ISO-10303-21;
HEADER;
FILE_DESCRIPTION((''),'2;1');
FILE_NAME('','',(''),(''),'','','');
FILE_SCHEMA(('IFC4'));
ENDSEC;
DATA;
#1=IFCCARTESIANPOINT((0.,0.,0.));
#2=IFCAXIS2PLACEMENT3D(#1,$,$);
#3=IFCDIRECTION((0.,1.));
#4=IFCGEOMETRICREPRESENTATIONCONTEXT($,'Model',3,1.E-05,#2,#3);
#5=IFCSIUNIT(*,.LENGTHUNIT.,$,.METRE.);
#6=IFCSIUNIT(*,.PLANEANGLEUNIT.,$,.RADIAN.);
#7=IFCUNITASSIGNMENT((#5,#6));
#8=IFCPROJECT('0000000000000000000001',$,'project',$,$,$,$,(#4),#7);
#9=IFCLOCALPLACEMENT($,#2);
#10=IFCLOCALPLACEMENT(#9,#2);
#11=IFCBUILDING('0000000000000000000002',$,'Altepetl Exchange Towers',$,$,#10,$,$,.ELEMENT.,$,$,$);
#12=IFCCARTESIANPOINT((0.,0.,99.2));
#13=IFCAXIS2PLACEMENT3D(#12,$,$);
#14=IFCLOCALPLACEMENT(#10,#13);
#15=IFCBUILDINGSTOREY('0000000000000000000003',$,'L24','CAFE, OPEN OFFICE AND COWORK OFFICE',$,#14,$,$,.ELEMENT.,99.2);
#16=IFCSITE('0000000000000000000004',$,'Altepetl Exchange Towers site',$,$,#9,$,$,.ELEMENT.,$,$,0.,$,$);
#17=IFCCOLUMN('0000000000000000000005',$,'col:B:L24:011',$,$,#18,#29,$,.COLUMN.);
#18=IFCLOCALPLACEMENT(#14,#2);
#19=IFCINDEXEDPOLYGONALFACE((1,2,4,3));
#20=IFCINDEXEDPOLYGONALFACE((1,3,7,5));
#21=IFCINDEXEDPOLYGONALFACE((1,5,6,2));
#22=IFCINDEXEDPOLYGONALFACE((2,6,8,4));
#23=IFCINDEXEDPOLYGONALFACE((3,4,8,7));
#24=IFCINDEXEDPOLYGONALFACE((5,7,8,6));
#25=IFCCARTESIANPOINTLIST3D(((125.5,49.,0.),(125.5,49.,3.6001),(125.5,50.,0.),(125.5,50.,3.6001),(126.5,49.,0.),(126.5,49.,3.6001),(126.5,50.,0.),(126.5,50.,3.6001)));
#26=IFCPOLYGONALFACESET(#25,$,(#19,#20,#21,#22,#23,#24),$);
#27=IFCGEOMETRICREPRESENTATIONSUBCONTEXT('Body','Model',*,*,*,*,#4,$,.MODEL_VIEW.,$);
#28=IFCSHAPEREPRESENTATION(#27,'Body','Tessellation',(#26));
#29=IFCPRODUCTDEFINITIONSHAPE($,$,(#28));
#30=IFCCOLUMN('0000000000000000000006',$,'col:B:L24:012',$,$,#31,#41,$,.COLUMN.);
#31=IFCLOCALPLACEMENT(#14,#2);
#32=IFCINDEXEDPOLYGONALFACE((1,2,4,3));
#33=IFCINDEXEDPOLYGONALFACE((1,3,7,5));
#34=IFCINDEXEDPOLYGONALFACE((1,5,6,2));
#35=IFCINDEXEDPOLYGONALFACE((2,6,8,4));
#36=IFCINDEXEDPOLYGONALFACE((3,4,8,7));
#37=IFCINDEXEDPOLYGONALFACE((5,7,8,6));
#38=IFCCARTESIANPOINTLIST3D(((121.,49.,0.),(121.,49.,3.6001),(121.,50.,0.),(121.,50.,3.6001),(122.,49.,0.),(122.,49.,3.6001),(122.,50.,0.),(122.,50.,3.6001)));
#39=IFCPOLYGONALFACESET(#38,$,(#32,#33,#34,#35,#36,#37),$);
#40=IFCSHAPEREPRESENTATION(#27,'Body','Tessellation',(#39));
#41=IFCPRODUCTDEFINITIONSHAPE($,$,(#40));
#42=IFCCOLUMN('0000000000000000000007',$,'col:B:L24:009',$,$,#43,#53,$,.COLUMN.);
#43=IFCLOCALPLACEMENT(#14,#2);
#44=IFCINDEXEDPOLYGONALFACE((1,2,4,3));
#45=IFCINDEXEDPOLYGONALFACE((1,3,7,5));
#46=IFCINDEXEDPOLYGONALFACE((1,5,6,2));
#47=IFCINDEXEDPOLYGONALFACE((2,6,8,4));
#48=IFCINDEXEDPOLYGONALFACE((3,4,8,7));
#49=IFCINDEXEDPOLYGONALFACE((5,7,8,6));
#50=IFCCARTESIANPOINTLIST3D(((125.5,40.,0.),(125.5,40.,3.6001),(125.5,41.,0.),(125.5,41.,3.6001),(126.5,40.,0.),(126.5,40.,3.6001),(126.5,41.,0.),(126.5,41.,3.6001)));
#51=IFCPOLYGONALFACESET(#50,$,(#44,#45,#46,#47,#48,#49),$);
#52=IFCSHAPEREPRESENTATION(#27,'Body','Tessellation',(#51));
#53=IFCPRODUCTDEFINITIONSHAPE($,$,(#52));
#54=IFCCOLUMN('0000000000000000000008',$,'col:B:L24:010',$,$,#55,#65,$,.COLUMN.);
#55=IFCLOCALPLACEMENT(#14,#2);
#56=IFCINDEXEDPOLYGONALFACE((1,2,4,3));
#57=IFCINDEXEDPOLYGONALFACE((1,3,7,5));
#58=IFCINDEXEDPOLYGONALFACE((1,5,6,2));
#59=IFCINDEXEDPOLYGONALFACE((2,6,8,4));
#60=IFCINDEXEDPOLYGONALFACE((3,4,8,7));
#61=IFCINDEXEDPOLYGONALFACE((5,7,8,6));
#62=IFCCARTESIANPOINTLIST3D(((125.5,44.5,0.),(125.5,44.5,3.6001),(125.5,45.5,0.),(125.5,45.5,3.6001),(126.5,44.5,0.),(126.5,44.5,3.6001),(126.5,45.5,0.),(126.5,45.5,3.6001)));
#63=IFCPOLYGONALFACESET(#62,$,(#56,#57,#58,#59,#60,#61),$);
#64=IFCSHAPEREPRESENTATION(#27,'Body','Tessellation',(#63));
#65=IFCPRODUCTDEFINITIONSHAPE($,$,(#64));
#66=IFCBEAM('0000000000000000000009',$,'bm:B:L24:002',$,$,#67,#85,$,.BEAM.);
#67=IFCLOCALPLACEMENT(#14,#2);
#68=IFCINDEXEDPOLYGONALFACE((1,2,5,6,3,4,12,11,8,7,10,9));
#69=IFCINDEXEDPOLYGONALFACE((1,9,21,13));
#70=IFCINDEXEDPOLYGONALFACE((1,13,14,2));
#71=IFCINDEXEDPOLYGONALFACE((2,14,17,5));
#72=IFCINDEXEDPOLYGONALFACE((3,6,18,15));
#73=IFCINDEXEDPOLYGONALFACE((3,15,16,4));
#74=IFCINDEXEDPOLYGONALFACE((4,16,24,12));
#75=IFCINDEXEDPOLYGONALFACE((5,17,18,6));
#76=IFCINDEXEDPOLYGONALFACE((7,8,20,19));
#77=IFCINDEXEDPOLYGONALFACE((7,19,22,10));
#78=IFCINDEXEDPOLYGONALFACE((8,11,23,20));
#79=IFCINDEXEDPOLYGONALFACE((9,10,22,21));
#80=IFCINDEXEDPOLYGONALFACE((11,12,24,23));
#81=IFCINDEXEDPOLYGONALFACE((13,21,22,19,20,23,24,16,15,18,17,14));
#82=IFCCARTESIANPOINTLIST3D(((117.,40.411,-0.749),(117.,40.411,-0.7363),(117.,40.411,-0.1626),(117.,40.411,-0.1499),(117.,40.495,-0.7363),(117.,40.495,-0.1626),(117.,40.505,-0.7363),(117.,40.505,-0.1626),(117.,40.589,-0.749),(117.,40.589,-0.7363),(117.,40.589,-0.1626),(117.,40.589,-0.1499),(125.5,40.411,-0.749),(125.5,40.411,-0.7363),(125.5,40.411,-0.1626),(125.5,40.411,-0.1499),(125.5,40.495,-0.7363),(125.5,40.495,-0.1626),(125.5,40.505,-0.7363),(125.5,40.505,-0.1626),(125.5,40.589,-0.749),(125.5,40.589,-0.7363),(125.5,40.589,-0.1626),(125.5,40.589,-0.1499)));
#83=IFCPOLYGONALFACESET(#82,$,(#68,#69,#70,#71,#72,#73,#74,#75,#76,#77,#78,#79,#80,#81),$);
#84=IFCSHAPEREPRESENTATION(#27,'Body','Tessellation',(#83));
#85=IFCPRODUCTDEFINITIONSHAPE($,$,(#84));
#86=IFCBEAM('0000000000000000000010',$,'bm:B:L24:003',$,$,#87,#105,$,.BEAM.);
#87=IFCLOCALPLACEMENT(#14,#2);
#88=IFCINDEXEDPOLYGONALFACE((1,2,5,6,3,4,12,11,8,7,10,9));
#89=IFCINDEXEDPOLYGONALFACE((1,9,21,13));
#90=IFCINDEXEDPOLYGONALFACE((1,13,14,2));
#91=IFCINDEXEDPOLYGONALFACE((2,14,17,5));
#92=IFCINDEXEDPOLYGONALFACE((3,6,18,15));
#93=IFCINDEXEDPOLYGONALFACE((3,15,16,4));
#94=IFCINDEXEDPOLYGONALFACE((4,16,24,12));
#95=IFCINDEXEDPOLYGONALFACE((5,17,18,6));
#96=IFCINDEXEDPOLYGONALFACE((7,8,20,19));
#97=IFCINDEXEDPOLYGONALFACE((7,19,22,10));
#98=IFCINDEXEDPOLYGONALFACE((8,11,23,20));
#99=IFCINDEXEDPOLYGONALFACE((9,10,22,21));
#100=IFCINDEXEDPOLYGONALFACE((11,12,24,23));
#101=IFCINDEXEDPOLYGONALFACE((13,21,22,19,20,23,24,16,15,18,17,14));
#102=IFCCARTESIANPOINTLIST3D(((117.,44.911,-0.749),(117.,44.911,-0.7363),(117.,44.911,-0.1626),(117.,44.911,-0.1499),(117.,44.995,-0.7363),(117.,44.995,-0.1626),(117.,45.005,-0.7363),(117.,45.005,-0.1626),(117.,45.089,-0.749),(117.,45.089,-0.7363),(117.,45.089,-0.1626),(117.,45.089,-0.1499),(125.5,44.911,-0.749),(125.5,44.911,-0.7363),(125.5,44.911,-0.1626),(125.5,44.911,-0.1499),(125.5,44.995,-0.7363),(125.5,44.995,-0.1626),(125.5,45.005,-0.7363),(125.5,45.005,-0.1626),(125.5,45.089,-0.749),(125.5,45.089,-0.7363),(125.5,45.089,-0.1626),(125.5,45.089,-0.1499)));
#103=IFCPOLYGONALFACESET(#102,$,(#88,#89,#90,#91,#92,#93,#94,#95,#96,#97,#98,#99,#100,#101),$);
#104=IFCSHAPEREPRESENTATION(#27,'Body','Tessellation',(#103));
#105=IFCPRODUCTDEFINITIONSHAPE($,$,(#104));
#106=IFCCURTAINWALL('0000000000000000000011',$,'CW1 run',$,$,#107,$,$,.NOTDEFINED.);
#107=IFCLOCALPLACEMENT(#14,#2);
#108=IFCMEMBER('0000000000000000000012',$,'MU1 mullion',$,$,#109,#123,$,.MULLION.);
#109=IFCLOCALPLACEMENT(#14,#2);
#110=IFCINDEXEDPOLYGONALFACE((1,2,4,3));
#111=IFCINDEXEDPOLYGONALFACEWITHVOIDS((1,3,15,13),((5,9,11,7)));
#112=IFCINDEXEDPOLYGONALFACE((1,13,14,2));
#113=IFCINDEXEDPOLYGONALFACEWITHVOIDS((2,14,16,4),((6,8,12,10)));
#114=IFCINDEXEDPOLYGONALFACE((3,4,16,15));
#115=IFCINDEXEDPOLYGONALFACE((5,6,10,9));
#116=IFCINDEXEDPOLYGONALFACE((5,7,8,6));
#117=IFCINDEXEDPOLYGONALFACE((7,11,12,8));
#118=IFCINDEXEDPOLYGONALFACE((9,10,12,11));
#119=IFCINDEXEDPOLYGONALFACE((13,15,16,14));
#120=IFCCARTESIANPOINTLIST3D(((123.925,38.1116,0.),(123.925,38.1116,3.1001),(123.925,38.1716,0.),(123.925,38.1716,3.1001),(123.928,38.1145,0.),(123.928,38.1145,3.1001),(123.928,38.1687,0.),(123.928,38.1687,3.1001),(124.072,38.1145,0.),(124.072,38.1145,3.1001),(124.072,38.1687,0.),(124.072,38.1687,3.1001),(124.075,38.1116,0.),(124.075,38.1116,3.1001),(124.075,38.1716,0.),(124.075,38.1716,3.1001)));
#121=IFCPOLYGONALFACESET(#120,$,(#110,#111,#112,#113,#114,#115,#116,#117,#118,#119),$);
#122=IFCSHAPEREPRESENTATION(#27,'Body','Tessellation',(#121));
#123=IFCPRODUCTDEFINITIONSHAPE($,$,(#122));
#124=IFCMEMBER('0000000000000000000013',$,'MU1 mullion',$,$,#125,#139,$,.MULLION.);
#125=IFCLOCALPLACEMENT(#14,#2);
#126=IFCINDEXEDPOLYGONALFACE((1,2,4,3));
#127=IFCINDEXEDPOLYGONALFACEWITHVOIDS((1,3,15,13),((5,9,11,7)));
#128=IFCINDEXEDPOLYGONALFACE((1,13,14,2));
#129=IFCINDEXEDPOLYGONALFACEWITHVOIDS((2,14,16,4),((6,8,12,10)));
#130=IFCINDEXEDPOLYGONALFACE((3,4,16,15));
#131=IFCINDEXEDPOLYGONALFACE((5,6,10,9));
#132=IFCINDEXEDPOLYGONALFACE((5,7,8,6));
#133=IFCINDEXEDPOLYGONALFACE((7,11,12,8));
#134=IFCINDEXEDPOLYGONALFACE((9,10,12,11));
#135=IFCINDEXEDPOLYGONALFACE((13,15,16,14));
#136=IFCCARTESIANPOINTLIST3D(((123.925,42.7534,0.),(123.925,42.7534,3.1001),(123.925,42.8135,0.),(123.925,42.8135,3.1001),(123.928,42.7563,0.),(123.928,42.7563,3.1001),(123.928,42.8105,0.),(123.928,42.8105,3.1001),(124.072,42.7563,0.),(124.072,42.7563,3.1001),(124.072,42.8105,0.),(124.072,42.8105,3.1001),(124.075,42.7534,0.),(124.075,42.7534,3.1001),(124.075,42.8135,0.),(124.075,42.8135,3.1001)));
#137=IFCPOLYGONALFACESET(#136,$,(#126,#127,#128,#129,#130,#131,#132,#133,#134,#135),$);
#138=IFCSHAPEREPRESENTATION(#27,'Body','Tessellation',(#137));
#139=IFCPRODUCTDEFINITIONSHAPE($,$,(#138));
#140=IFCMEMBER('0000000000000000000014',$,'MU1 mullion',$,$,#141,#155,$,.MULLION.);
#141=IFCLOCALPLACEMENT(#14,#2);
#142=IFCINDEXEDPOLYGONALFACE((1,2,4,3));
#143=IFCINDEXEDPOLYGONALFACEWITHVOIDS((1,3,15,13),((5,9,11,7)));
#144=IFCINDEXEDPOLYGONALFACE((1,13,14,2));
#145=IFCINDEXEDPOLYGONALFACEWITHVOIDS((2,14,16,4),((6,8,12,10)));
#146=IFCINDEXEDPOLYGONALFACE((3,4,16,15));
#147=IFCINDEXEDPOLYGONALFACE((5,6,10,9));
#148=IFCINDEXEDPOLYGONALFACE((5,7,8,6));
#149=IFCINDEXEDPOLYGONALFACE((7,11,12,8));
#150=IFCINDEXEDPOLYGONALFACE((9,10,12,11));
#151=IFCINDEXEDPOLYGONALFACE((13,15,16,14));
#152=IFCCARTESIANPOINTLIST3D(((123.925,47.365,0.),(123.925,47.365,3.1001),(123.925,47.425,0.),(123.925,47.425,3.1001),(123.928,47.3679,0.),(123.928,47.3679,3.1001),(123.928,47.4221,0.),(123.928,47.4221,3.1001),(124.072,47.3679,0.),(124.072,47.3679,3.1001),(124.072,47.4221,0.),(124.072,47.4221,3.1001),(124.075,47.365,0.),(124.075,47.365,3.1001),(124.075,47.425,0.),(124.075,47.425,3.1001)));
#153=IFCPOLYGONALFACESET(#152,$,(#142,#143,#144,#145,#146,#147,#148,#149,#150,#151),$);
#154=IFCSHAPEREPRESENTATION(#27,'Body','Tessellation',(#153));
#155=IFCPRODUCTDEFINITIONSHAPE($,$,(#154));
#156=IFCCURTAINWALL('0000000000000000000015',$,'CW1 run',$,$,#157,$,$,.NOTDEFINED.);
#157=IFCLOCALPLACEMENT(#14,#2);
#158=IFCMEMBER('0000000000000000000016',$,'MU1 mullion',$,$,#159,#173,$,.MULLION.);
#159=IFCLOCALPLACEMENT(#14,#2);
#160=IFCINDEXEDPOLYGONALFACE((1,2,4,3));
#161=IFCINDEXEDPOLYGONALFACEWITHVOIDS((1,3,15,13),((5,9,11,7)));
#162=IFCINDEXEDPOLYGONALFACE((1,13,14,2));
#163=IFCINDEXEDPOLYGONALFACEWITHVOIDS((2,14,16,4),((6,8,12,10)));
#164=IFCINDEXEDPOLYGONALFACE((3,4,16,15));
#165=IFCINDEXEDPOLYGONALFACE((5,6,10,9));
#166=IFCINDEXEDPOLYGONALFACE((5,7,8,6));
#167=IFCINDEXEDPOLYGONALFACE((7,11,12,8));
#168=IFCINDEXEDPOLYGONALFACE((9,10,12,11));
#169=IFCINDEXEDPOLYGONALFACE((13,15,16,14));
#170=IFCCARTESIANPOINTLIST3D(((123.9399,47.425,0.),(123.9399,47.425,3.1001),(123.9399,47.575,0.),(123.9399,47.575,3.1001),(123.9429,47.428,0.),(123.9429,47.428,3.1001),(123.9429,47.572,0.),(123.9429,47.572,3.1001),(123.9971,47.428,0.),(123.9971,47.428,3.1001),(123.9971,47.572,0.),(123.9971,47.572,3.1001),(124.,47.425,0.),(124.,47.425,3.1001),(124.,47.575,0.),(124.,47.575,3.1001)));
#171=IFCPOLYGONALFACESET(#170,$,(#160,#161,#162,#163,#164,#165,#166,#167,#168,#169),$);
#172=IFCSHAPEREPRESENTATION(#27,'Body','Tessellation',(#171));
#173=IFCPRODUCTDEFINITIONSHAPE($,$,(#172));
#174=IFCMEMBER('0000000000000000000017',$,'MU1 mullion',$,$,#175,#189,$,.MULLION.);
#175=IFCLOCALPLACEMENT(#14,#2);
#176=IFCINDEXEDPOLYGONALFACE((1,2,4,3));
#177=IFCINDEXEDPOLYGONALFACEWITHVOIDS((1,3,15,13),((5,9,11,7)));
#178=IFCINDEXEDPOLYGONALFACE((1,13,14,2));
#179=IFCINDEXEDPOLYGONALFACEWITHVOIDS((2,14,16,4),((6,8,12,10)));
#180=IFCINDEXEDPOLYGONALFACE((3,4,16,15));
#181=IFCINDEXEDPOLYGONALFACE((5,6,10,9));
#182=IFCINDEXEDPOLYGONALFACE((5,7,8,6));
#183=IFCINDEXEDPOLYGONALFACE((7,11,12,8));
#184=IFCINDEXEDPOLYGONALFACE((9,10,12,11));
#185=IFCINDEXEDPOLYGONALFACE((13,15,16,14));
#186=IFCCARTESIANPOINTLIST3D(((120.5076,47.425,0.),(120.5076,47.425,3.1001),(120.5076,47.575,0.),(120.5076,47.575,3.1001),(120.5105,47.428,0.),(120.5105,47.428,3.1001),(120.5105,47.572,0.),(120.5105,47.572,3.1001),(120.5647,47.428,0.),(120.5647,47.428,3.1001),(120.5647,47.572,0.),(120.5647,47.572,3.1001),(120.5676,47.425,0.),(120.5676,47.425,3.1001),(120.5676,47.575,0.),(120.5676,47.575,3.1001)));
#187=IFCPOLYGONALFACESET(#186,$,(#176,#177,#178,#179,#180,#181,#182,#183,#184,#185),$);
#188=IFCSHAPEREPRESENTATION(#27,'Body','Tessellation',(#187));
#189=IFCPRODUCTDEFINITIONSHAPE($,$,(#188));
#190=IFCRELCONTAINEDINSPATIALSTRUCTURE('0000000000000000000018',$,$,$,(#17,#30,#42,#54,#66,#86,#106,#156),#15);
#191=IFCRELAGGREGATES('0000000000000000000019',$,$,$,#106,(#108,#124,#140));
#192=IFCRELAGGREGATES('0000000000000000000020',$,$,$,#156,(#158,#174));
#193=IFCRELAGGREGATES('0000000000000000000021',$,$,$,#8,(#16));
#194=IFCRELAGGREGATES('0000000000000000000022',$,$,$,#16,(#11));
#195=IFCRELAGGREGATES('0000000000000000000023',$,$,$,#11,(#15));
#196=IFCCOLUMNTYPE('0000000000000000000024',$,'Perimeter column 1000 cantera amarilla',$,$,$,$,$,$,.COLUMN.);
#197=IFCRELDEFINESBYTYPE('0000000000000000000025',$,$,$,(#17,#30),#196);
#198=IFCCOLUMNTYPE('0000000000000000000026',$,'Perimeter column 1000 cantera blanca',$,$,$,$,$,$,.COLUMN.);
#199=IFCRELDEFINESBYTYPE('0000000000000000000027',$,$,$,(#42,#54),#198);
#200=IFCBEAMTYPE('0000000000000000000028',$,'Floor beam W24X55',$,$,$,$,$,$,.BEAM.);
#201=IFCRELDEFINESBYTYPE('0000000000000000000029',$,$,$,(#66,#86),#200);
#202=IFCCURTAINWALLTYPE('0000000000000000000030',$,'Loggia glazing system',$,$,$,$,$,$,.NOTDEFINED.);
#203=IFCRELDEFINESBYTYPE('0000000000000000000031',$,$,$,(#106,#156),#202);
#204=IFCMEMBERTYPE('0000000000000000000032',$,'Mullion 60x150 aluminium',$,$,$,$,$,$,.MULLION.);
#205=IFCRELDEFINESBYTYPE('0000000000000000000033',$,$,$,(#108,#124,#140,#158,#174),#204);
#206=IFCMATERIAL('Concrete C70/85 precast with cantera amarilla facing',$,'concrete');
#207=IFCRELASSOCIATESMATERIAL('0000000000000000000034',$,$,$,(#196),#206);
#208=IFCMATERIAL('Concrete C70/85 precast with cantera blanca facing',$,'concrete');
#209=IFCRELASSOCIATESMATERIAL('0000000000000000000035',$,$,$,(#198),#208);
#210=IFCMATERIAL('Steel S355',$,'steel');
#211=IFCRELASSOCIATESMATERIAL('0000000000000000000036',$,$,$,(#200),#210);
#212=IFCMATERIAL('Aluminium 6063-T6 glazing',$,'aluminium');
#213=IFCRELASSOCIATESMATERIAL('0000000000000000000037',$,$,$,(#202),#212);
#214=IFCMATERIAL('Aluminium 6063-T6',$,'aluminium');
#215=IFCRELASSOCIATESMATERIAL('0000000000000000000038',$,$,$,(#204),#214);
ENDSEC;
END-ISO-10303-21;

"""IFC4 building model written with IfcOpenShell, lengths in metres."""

from ifc_helpers import new_model, si_unit, direction, frame, origin, origin_2d, place, context, subcontext, project, spatial, rectangle, hollow_rectangle, i_section, extrude, material, material_profile, profile_set, type_object, element, aggregate, save


model = new_model("IFC4")

# Units and contexts
model_context = context("Model", 3, precision=1e-05, world=origin(), true_north=direction((0.0, 1.0)))
body_context = subcontext(model_context, "Body", "Model", "MODEL_VIEW")
ifc_project = project(units=[si_unit("LENGTHUNIT", "METRE"), si_unit("PLANEANGLEUNIT", "RADIAN")], contexts=[model_context])

# Site, building, storey
site_placement = place(None, origin())
site = spatial("IfcSite", under=ifc_project, at=site_placement, Name="Altepetl Exchange Towers site", CompositionType="ELEMENT", RefElevation=0.0)
building_placement = place(site_placement, origin())
building = spatial("IfcBuilding", under=site, at=building_placement, Name="Altepetl Exchange Towers", CompositionType="ELEMENT")
storey_placement = place(building_placement, frame((0.0, 0.0, 99.2)))
storey = spatial("IfcBuildingStorey", under=building, at=storey_placement, Name="L24", Description="CAFE, OPEN OFFICE AND COWORK OFFICE", CompositionType="ELEMENT", Elevation=99.2)

# Columns
ifc_material_1 = material(Name="Concrete C70/85 precast with cantera amarilla facing", Category="concrete")
ifc_material_profile_1 = material_profile(ifc_material_1, rectangle(XDim=1.0, YDim=1.0, at=origin_2d()), Name="1000 x 1000")
ifc_profile_set_1 = profile_set([ifc_material_profile_1], Name="Concrete C70/85 precast with cantera amarilla facing")
column_type_1 = type_object("IfcColumnType", Name="Perimeter column 1000 cantera amarilla", PredefinedType="COLUMN", material=ifc_profile_set_1)
for number, where, name in (
    (1, (126.0, 49.5, 0.0), "col:B:L24:011"),
    (2, (121.5, 49.5, 0.0), "col:B:L24:012"),
):
    element("IfcColumn", number, at=place(storey_placement, frame(where)), inside=storey, type_object=column_type_1, Name=name, PredefinedType="COLUMN", context=body_context, shape_type="SweptSolid", body=[
        extrude(rectangle(XDim=1.0, YDim=1.0, at=origin_2d()), origin(), (0.0, 0.0, 1.0), 3.6001),
    ])
ifc_material_2 = material(Name="Concrete C70/85 precast with cantera blanca facing", Category="concrete")
ifc_material_profile_2 = material_profile(ifc_material_2, rectangle(XDim=1.0, YDim=1.0, at=origin_2d()), Name="1000 x 1000")
ifc_profile_set_2 = profile_set([ifc_material_profile_2], Name="Concrete C70/85 precast with cantera blanca facing")
column_type_2 = type_object("IfcColumnType", Name="Perimeter column 1000 cantera blanca", PredefinedType="COLUMN", material=ifc_profile_set_2)
for number, where, name in (
    (3, (126.0, 40.5, 0.0), "col:B:L24:009"),
    (4, (126.0, 45.0, 0.0), "col:B:L24:010"),
):
    element("IfcColumn", number, at=place(storey_placement, frame(where)), inside=storey, type_object=column_type_2, Name=name, PredefinedType="COLUMN", context=body_context, shape_type="SweptSolid", body=[
        extrude(rectangle(XDim=1.0, YDim=1.0, at=origin_2d()), origin(), (0.0, 0.0, 1.0), 3.6001),
    ])

# Beams
ifc_material_3 = material(Name="Steel S355", Category="steel")
ifc_material_profile_3 = material_profile(ifc_material_3, i_section(OverallWidth=0.178, OverallDepth=0.5991, WebThickness=0.01, FlangeThickness=0.0127, at=origin_2d()), Name="W24X55")
ifc_profile_set_3 = profile_set([ifc_material_profile_3], Name="Steel S355")
beam_type_1 = type_object("IfcBeamType", Name="Floor beam W24X55", PredefinedType="BEAM", material=ifc_profile_set_3)
for number, where, z_axis, x_axis, name in (
    (5, (117.0, 40.5, -0.4495), (1.0, 0.0, 0.0), (0.0, 1.0, 0.0), "bm:B:L24:002"),
    (6, (117.0, 45.0, -0.4495), (1.0, 0.0, 0.0), (0.0, 1.0, 0.0), "bm:B:L24:003"),
):
    element("IfcBeam", number, at=place(storey_placement, frame(where, z_axis=z_axis, x_axis=x_axis)), inside=storey, type_object=beam_type_1, Name=name, PredefinedType="BEAM", context=body_context, shape_type="SweptSolid", body=[
        extrude(i_section(OverallWidth=0.178, OverallDepth=0.5991, WebThickness=0.01, FlangeThickness=0.0127, at=origin_2d()), origin(), (0.0, 0.0, 1.0), 8.5),
    ])

# Curtain walls, members
ifc_material_4 = material(Name="Aluminium 6063-T6 glazing", Category="aluminium")
curtain_wall_type = type_object("IfcCurtainWallType", Name="Loggia glazing system", PredefinedType="NOTDEFINED", material=ifc_material_4)
curtain_wall_1_placement = place(storey_placement, origin())
curtain_wall_1 = element("IfcCurtainWall", 7, at=curtain_wall_1_placement, inside=storey, type_object=curtain_wall_type, Name="CW1 run", PredefinedType="NOTDEFINED")
ifc_material_5 = material(Name="Aluminium 6063-T6", Category="aluminium")
ifc_material_profile_4 = material_profile(ifc_material_5, hollow_rectangle(XDim=0.0601, YDim=0.1499, WallThickness=0.0029, at=origin_2d()), Name="Mullion 60x150 aluminium")
ifc_profile_set_4 = profile_set([ifc_material_profile_4], Name="Aluminium 6063-T6")
member_type = type_object("IfcMemberType", Name="Mullion 60x150 aluminium", PredefinedType="MULLION", material=ifc_profile_set_4)
member_1_placement = place(storey_placement, frame((124.0, 38.1416, 0.0), z_axis=(0.0, 0.0, 1.0), x_axis=(0.0, 1.0, 0.0)))
member_1 = element("IfcMember", 8, at=member_1_placement, type_object=member_type, Name="MU1 mullion", PredefinedType="MULLION", context=body_context, shape_type="SweptSolid", body=[
    extrude(hollow_rectangle(XDim=0.0601, YDim=0.1499, WallThickness=0.0029, at=origin_2d()), origin(), (0.0, 0.0, 1.0), 3.1001),
])
member_2_placement = place(storey_placement, frame((124.0, 42.7834, 0.0), z_axis=(0.0, 0.0, 1.0), x_axis=(0.0, 1.0, 0.0)))
member_2 = element("IfcMember", 9, at=member_2_placement, type_object=member_type, Name="MU1 mullion", PredefinedType="MULLION", context=body_context, shape_type="SweptSolid", body=[
    extrude(hollow_rectangle(XDim=0.0601, YDim=0.1499, WallThickness=0.0029, at=origin_2d()), origin(), (0.0, 0.0, 1.0), 3.1001),
])
member_3_placement = place(storey_placement, frame((124.0, 47.395, 0.0), z_axis=(0.0, 0.0, 1.0), x_axis=(0.0, 1.0, 0.0)))
member_3 = element("IfcMember", 10, at=member_3_placement, type_object=member_type, Name="MU1 mullion", PredefinedType="MULLION", context=body_context, shape_type="SweptSolid", body=[
    extrude(hollow_rectangle(XDim=0.0601, YDim=0.1499, WallThickness=0.0029, at=origin_2d()), origin(), (0.0, 0.0, 1.0), 3.1001),
])
curtain_wall_2_placement = place(storey_placement, origin())
curtain_wall_2 = element("IfcCurtainWall", 11, at=curtain_wall_2_placement, inside=storey, type_object=curtain_wall_type, Name="CW1 run", PredefinedType="NOTDEFINED")
member_4_placement = place(storey_placement, frame((123.97, 47.5, 0.0), z_axis=(0.0, 0.0, 1.0), x_axis=(-1.0, 0.0, 0.0)))
member_4 = element("IfcMember", 12, at=member_4_placement, type_object=member_type, Name="MU1 mullion", PredefinedType="MULLION", context=body_context, shape_type="SweptSolid", body=[
    extrude(hollow_rectangle(XDim=0.0601, YDim=0.1499, WallThickness=0.0029, at=origin_2d()), origin(), (0.0, 0.0, 1.0), 3.1001),
])
member_5_placement = place(storey_placement, frame((120.5376, 47.5, 0.0), z_axis=(0.0, 0.0, 1.0), x_axis=(-1.0, 0.0, 0.0)))
member_5 = element("IfcMember", 13, at=member_5_placement, type_object=member_type, Name="MU1 mullion", PredefinedType="MULLION", context=body_context, shape_type="SweptSolid", body=[
    extrude(hollow_rectangle(XDim=0.0601, YDim=0.1499, WallThickness=0.0029, at=origin_2d()), origin(), (0.0, 0.0, 1.0), 3.1001),
])

aggregate(curtain_wall_1, [member_1, member_2, member_3])
aggregate(curtain_wall_2, [member_4, member_5])

save(model, "model.ifc")
